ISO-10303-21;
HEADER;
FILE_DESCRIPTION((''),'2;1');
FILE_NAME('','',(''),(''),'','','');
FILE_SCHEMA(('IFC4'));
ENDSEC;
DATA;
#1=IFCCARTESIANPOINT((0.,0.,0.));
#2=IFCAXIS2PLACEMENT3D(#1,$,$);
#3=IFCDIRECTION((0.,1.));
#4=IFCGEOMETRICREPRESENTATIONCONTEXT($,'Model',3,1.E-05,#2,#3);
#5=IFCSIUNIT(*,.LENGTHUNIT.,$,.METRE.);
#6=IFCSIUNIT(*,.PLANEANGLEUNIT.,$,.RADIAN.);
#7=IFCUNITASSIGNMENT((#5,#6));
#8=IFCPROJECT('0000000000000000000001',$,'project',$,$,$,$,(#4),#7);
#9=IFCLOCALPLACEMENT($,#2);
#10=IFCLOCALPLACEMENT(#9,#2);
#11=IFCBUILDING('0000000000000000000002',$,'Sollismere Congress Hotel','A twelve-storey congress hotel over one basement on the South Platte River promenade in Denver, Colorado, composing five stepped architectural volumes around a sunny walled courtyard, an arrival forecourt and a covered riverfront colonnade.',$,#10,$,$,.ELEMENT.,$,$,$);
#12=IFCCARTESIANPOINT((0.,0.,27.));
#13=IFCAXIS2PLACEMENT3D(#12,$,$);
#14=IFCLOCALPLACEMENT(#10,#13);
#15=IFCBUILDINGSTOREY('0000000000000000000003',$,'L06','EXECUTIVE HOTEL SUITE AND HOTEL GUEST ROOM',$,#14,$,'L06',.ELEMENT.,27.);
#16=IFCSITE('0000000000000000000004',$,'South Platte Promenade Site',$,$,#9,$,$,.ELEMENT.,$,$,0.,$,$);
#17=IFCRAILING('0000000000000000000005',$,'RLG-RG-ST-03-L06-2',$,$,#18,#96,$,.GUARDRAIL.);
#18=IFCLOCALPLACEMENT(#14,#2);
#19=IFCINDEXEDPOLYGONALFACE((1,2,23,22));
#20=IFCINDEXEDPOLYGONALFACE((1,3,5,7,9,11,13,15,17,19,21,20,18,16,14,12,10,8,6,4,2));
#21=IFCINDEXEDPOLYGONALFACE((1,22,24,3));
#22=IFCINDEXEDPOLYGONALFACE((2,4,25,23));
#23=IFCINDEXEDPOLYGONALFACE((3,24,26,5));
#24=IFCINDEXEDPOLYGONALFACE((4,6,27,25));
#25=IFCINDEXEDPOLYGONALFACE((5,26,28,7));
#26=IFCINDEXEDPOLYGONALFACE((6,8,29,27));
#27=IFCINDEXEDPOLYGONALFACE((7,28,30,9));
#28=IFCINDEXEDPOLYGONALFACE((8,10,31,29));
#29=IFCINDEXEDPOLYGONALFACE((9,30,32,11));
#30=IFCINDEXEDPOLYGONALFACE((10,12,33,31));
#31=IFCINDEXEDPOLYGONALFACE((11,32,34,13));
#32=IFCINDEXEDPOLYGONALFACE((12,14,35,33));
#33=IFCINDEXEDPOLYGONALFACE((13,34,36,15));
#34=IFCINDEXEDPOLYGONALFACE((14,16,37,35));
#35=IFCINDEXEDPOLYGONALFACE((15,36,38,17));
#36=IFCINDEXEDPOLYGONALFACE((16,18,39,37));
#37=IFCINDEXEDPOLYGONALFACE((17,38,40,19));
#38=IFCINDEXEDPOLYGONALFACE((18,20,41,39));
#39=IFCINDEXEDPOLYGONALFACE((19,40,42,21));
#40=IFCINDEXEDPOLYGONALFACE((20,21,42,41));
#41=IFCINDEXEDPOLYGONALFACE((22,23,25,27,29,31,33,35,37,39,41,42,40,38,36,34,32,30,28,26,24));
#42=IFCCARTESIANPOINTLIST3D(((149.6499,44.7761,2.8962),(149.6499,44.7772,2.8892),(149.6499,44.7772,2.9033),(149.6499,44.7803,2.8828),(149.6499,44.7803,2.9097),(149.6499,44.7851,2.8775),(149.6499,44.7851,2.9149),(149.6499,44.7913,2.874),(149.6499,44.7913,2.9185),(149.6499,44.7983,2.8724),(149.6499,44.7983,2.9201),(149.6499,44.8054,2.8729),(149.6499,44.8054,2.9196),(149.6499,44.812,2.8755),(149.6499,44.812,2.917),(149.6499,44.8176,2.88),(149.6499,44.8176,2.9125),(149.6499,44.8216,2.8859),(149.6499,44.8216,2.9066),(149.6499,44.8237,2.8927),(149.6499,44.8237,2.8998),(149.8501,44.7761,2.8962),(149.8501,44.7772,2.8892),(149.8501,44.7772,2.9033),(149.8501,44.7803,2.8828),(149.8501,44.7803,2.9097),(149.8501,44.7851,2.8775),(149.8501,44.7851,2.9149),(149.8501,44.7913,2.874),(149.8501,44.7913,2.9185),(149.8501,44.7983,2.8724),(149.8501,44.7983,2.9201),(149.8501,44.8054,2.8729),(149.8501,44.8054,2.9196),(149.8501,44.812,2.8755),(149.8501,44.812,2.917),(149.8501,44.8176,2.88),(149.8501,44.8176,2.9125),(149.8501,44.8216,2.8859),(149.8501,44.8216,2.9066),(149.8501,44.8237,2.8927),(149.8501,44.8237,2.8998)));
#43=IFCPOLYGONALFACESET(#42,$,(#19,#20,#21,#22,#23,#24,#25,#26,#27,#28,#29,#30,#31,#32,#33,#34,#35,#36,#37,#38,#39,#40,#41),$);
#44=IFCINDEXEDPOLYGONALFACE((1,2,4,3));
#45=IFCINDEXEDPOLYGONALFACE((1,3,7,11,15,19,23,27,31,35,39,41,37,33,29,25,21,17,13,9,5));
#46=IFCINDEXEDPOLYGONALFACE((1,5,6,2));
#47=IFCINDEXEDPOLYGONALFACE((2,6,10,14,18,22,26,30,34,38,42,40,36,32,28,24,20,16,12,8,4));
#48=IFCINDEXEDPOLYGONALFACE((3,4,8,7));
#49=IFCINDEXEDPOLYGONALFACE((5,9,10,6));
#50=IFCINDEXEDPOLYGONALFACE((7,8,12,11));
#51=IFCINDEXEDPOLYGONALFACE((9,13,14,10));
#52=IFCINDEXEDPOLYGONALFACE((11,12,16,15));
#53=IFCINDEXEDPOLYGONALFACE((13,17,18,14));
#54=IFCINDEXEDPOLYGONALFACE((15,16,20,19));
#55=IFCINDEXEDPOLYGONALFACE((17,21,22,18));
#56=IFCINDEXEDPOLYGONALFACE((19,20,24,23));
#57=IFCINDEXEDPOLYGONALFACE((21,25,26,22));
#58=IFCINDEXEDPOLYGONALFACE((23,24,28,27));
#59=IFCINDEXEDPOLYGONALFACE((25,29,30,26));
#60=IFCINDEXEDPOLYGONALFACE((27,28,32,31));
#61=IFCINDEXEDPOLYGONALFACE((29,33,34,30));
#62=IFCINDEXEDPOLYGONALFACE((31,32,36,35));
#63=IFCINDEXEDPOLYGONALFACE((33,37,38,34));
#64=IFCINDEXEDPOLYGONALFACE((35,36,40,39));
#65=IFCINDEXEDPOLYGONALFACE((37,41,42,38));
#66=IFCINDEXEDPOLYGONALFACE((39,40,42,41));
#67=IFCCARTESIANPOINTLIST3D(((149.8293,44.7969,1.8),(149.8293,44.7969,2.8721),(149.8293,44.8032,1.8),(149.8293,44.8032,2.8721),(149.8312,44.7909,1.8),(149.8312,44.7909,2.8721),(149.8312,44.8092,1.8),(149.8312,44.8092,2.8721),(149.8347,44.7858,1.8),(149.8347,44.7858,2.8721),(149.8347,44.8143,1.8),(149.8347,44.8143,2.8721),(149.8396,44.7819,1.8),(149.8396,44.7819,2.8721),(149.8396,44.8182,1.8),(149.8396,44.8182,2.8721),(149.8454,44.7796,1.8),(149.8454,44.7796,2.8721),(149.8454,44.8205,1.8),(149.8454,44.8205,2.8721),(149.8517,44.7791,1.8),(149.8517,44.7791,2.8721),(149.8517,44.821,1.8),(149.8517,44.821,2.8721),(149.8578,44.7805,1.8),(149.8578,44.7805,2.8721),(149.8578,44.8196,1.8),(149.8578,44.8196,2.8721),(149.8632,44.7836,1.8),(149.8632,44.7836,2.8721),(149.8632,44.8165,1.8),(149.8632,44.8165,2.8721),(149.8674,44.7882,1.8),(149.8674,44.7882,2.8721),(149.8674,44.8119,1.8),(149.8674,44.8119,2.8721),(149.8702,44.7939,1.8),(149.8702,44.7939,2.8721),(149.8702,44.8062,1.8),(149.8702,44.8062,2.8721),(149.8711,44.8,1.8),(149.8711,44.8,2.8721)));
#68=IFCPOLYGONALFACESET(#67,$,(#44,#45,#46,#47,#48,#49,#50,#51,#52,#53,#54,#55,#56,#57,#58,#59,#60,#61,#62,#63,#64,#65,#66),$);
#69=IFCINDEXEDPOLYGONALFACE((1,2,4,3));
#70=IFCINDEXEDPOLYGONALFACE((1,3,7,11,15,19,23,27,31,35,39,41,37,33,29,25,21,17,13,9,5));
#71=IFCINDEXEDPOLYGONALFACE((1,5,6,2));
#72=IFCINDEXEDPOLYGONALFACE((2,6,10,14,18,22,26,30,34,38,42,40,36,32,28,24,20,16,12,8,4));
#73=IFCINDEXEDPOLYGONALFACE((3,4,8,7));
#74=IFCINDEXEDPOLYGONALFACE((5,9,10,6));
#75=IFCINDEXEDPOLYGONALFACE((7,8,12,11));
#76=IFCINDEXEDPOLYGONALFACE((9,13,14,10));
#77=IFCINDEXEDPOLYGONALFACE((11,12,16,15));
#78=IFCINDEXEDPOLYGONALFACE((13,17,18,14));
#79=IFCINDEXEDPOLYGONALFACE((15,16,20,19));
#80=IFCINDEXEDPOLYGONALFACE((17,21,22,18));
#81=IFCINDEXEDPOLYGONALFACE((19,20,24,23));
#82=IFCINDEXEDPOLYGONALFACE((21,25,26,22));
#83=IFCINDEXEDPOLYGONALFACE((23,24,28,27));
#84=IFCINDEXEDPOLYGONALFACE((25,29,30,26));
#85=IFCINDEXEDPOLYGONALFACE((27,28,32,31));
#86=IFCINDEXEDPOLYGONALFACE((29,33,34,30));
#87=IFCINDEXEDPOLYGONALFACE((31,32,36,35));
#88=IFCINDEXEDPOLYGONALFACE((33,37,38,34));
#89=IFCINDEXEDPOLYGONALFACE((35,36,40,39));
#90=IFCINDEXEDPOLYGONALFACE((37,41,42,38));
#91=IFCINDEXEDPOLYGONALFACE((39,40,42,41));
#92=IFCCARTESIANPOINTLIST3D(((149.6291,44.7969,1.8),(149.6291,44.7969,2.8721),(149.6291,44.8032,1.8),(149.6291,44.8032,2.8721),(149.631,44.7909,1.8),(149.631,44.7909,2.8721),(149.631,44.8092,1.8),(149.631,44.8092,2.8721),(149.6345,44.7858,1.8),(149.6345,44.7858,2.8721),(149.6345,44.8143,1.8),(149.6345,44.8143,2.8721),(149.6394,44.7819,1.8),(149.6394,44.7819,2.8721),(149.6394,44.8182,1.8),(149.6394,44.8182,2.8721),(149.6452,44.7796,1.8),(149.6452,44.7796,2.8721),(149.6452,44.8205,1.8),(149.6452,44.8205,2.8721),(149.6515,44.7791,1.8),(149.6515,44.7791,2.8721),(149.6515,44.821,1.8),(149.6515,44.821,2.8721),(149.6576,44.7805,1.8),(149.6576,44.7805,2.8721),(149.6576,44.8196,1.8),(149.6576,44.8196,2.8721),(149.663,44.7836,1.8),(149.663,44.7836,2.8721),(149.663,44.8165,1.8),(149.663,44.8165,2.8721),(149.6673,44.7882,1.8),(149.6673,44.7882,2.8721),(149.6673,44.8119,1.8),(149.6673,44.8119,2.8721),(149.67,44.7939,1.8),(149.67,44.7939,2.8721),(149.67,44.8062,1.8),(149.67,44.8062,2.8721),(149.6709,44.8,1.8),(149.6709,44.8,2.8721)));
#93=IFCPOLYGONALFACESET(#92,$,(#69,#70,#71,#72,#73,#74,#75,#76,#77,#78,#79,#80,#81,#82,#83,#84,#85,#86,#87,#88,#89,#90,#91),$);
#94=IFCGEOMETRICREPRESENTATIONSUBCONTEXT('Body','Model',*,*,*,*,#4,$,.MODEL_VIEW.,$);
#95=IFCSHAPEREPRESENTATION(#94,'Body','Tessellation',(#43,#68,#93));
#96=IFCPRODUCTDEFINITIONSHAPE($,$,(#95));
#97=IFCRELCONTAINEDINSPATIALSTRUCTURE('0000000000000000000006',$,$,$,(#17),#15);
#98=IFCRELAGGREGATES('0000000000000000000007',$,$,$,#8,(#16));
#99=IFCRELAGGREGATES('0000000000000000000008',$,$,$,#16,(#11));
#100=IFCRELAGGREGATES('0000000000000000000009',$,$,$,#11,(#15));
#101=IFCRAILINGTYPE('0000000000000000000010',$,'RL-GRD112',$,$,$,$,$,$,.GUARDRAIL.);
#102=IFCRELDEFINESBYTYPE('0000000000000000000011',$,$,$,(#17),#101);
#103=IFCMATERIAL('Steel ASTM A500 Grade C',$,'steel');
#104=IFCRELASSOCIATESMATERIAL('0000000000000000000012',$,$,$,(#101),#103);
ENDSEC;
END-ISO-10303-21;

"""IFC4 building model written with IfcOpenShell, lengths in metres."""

from ifc_helpers import new_model, si_unit, direction, frame, origin, origin_2d, place, context, subcontext, project, spatial, circle, extrude, material, type_object, element, save


model = new_model("IFC4")

# Units and contexts
model_context = context("Model", 3, precision=1e-05, world=origin(), true_north=direction((0.0, 1.0)))
body_context = subcontext(model_context, "Body", "Model", "MODEL_VIEW")
ifc_project = project(units=[si_unit("LENGTHUNIT", "METRE"), si_unit("PLANEANGLEUNIT", "RADIAN")], contexts=[model_context])

# Site, building, storey
site_placement = place(None, origin())
site = spatial("IfcSite", under=ifc_project, at=site_placement, Name="South Platte Promenade Site", CompositionType="ELEMENT", RefElevation=0.0)
building_placement = place(site_placement, origin())
building = spatial("IfcBuilding", under=site, at=building_placement, Name="Sollismere Congress Hotel", Description="A twelve-storey congress hotel over one basement on the South Platte River promenade in Denver, Colorado, composing five stepped architectural volumes around a sunny walled courtyard, an arrival forecourt and a covered riverfront colonnade.", CompositionType="ELEMENT")
storey_placement = place(building_placement, frame((0.0, 0.0, 27.0)))
storey = spatial("IfcBuildingStorey", under=building, at=storey_placement, Name="L06", Description="EXECUTIVE HOTEL SUITE AND HOTEL GUEST ROOM", LongName="L06", CompositionType="ELEMENT", Elevation=27.0)

# Railing
ifc_material_1 = material(Name="Steel ASTM A500 Grade C", Category="steel")
railing_type_1 = type_object("IfcRailingType", Name="RL-GRD112", PredefinedType="GUARDRAIL", material=ifc_material_1)
railing_1_placement = place(storey_placement, frame((149.8501, 44.8, 1.8)))
element("IfcRailing", 1, at=railing_1_placement, inside=storey, type_object=railing_type_1, Name="RLG-RG-ST-03-L06-2", PredefinedType="GUARDRAIL", context=body_context, shape_type="SweptSolid", body=[
    extrude(circle(Radius=0.0239, at=origin_2d()), frame((0.0, 0.0, 1.0962), z_axis=(-1.0, 0.0, 0.0), x_axis=(0.0, -1.0, 0.0)), (0.0, 0.0, 1.0), 0.2002),
    extrude(circle(Radius=0.021, at=origin_2d()), origin(), (0.0, 0.0, 1.0), 1.072),
    extrude(circle(Radius=0.021, at=origin_2d()), frame((-0.2002, 0.0, 0.0)), (0.0, 0.0, 1.0), 1.072),
])

save(model, "model.ifc")
